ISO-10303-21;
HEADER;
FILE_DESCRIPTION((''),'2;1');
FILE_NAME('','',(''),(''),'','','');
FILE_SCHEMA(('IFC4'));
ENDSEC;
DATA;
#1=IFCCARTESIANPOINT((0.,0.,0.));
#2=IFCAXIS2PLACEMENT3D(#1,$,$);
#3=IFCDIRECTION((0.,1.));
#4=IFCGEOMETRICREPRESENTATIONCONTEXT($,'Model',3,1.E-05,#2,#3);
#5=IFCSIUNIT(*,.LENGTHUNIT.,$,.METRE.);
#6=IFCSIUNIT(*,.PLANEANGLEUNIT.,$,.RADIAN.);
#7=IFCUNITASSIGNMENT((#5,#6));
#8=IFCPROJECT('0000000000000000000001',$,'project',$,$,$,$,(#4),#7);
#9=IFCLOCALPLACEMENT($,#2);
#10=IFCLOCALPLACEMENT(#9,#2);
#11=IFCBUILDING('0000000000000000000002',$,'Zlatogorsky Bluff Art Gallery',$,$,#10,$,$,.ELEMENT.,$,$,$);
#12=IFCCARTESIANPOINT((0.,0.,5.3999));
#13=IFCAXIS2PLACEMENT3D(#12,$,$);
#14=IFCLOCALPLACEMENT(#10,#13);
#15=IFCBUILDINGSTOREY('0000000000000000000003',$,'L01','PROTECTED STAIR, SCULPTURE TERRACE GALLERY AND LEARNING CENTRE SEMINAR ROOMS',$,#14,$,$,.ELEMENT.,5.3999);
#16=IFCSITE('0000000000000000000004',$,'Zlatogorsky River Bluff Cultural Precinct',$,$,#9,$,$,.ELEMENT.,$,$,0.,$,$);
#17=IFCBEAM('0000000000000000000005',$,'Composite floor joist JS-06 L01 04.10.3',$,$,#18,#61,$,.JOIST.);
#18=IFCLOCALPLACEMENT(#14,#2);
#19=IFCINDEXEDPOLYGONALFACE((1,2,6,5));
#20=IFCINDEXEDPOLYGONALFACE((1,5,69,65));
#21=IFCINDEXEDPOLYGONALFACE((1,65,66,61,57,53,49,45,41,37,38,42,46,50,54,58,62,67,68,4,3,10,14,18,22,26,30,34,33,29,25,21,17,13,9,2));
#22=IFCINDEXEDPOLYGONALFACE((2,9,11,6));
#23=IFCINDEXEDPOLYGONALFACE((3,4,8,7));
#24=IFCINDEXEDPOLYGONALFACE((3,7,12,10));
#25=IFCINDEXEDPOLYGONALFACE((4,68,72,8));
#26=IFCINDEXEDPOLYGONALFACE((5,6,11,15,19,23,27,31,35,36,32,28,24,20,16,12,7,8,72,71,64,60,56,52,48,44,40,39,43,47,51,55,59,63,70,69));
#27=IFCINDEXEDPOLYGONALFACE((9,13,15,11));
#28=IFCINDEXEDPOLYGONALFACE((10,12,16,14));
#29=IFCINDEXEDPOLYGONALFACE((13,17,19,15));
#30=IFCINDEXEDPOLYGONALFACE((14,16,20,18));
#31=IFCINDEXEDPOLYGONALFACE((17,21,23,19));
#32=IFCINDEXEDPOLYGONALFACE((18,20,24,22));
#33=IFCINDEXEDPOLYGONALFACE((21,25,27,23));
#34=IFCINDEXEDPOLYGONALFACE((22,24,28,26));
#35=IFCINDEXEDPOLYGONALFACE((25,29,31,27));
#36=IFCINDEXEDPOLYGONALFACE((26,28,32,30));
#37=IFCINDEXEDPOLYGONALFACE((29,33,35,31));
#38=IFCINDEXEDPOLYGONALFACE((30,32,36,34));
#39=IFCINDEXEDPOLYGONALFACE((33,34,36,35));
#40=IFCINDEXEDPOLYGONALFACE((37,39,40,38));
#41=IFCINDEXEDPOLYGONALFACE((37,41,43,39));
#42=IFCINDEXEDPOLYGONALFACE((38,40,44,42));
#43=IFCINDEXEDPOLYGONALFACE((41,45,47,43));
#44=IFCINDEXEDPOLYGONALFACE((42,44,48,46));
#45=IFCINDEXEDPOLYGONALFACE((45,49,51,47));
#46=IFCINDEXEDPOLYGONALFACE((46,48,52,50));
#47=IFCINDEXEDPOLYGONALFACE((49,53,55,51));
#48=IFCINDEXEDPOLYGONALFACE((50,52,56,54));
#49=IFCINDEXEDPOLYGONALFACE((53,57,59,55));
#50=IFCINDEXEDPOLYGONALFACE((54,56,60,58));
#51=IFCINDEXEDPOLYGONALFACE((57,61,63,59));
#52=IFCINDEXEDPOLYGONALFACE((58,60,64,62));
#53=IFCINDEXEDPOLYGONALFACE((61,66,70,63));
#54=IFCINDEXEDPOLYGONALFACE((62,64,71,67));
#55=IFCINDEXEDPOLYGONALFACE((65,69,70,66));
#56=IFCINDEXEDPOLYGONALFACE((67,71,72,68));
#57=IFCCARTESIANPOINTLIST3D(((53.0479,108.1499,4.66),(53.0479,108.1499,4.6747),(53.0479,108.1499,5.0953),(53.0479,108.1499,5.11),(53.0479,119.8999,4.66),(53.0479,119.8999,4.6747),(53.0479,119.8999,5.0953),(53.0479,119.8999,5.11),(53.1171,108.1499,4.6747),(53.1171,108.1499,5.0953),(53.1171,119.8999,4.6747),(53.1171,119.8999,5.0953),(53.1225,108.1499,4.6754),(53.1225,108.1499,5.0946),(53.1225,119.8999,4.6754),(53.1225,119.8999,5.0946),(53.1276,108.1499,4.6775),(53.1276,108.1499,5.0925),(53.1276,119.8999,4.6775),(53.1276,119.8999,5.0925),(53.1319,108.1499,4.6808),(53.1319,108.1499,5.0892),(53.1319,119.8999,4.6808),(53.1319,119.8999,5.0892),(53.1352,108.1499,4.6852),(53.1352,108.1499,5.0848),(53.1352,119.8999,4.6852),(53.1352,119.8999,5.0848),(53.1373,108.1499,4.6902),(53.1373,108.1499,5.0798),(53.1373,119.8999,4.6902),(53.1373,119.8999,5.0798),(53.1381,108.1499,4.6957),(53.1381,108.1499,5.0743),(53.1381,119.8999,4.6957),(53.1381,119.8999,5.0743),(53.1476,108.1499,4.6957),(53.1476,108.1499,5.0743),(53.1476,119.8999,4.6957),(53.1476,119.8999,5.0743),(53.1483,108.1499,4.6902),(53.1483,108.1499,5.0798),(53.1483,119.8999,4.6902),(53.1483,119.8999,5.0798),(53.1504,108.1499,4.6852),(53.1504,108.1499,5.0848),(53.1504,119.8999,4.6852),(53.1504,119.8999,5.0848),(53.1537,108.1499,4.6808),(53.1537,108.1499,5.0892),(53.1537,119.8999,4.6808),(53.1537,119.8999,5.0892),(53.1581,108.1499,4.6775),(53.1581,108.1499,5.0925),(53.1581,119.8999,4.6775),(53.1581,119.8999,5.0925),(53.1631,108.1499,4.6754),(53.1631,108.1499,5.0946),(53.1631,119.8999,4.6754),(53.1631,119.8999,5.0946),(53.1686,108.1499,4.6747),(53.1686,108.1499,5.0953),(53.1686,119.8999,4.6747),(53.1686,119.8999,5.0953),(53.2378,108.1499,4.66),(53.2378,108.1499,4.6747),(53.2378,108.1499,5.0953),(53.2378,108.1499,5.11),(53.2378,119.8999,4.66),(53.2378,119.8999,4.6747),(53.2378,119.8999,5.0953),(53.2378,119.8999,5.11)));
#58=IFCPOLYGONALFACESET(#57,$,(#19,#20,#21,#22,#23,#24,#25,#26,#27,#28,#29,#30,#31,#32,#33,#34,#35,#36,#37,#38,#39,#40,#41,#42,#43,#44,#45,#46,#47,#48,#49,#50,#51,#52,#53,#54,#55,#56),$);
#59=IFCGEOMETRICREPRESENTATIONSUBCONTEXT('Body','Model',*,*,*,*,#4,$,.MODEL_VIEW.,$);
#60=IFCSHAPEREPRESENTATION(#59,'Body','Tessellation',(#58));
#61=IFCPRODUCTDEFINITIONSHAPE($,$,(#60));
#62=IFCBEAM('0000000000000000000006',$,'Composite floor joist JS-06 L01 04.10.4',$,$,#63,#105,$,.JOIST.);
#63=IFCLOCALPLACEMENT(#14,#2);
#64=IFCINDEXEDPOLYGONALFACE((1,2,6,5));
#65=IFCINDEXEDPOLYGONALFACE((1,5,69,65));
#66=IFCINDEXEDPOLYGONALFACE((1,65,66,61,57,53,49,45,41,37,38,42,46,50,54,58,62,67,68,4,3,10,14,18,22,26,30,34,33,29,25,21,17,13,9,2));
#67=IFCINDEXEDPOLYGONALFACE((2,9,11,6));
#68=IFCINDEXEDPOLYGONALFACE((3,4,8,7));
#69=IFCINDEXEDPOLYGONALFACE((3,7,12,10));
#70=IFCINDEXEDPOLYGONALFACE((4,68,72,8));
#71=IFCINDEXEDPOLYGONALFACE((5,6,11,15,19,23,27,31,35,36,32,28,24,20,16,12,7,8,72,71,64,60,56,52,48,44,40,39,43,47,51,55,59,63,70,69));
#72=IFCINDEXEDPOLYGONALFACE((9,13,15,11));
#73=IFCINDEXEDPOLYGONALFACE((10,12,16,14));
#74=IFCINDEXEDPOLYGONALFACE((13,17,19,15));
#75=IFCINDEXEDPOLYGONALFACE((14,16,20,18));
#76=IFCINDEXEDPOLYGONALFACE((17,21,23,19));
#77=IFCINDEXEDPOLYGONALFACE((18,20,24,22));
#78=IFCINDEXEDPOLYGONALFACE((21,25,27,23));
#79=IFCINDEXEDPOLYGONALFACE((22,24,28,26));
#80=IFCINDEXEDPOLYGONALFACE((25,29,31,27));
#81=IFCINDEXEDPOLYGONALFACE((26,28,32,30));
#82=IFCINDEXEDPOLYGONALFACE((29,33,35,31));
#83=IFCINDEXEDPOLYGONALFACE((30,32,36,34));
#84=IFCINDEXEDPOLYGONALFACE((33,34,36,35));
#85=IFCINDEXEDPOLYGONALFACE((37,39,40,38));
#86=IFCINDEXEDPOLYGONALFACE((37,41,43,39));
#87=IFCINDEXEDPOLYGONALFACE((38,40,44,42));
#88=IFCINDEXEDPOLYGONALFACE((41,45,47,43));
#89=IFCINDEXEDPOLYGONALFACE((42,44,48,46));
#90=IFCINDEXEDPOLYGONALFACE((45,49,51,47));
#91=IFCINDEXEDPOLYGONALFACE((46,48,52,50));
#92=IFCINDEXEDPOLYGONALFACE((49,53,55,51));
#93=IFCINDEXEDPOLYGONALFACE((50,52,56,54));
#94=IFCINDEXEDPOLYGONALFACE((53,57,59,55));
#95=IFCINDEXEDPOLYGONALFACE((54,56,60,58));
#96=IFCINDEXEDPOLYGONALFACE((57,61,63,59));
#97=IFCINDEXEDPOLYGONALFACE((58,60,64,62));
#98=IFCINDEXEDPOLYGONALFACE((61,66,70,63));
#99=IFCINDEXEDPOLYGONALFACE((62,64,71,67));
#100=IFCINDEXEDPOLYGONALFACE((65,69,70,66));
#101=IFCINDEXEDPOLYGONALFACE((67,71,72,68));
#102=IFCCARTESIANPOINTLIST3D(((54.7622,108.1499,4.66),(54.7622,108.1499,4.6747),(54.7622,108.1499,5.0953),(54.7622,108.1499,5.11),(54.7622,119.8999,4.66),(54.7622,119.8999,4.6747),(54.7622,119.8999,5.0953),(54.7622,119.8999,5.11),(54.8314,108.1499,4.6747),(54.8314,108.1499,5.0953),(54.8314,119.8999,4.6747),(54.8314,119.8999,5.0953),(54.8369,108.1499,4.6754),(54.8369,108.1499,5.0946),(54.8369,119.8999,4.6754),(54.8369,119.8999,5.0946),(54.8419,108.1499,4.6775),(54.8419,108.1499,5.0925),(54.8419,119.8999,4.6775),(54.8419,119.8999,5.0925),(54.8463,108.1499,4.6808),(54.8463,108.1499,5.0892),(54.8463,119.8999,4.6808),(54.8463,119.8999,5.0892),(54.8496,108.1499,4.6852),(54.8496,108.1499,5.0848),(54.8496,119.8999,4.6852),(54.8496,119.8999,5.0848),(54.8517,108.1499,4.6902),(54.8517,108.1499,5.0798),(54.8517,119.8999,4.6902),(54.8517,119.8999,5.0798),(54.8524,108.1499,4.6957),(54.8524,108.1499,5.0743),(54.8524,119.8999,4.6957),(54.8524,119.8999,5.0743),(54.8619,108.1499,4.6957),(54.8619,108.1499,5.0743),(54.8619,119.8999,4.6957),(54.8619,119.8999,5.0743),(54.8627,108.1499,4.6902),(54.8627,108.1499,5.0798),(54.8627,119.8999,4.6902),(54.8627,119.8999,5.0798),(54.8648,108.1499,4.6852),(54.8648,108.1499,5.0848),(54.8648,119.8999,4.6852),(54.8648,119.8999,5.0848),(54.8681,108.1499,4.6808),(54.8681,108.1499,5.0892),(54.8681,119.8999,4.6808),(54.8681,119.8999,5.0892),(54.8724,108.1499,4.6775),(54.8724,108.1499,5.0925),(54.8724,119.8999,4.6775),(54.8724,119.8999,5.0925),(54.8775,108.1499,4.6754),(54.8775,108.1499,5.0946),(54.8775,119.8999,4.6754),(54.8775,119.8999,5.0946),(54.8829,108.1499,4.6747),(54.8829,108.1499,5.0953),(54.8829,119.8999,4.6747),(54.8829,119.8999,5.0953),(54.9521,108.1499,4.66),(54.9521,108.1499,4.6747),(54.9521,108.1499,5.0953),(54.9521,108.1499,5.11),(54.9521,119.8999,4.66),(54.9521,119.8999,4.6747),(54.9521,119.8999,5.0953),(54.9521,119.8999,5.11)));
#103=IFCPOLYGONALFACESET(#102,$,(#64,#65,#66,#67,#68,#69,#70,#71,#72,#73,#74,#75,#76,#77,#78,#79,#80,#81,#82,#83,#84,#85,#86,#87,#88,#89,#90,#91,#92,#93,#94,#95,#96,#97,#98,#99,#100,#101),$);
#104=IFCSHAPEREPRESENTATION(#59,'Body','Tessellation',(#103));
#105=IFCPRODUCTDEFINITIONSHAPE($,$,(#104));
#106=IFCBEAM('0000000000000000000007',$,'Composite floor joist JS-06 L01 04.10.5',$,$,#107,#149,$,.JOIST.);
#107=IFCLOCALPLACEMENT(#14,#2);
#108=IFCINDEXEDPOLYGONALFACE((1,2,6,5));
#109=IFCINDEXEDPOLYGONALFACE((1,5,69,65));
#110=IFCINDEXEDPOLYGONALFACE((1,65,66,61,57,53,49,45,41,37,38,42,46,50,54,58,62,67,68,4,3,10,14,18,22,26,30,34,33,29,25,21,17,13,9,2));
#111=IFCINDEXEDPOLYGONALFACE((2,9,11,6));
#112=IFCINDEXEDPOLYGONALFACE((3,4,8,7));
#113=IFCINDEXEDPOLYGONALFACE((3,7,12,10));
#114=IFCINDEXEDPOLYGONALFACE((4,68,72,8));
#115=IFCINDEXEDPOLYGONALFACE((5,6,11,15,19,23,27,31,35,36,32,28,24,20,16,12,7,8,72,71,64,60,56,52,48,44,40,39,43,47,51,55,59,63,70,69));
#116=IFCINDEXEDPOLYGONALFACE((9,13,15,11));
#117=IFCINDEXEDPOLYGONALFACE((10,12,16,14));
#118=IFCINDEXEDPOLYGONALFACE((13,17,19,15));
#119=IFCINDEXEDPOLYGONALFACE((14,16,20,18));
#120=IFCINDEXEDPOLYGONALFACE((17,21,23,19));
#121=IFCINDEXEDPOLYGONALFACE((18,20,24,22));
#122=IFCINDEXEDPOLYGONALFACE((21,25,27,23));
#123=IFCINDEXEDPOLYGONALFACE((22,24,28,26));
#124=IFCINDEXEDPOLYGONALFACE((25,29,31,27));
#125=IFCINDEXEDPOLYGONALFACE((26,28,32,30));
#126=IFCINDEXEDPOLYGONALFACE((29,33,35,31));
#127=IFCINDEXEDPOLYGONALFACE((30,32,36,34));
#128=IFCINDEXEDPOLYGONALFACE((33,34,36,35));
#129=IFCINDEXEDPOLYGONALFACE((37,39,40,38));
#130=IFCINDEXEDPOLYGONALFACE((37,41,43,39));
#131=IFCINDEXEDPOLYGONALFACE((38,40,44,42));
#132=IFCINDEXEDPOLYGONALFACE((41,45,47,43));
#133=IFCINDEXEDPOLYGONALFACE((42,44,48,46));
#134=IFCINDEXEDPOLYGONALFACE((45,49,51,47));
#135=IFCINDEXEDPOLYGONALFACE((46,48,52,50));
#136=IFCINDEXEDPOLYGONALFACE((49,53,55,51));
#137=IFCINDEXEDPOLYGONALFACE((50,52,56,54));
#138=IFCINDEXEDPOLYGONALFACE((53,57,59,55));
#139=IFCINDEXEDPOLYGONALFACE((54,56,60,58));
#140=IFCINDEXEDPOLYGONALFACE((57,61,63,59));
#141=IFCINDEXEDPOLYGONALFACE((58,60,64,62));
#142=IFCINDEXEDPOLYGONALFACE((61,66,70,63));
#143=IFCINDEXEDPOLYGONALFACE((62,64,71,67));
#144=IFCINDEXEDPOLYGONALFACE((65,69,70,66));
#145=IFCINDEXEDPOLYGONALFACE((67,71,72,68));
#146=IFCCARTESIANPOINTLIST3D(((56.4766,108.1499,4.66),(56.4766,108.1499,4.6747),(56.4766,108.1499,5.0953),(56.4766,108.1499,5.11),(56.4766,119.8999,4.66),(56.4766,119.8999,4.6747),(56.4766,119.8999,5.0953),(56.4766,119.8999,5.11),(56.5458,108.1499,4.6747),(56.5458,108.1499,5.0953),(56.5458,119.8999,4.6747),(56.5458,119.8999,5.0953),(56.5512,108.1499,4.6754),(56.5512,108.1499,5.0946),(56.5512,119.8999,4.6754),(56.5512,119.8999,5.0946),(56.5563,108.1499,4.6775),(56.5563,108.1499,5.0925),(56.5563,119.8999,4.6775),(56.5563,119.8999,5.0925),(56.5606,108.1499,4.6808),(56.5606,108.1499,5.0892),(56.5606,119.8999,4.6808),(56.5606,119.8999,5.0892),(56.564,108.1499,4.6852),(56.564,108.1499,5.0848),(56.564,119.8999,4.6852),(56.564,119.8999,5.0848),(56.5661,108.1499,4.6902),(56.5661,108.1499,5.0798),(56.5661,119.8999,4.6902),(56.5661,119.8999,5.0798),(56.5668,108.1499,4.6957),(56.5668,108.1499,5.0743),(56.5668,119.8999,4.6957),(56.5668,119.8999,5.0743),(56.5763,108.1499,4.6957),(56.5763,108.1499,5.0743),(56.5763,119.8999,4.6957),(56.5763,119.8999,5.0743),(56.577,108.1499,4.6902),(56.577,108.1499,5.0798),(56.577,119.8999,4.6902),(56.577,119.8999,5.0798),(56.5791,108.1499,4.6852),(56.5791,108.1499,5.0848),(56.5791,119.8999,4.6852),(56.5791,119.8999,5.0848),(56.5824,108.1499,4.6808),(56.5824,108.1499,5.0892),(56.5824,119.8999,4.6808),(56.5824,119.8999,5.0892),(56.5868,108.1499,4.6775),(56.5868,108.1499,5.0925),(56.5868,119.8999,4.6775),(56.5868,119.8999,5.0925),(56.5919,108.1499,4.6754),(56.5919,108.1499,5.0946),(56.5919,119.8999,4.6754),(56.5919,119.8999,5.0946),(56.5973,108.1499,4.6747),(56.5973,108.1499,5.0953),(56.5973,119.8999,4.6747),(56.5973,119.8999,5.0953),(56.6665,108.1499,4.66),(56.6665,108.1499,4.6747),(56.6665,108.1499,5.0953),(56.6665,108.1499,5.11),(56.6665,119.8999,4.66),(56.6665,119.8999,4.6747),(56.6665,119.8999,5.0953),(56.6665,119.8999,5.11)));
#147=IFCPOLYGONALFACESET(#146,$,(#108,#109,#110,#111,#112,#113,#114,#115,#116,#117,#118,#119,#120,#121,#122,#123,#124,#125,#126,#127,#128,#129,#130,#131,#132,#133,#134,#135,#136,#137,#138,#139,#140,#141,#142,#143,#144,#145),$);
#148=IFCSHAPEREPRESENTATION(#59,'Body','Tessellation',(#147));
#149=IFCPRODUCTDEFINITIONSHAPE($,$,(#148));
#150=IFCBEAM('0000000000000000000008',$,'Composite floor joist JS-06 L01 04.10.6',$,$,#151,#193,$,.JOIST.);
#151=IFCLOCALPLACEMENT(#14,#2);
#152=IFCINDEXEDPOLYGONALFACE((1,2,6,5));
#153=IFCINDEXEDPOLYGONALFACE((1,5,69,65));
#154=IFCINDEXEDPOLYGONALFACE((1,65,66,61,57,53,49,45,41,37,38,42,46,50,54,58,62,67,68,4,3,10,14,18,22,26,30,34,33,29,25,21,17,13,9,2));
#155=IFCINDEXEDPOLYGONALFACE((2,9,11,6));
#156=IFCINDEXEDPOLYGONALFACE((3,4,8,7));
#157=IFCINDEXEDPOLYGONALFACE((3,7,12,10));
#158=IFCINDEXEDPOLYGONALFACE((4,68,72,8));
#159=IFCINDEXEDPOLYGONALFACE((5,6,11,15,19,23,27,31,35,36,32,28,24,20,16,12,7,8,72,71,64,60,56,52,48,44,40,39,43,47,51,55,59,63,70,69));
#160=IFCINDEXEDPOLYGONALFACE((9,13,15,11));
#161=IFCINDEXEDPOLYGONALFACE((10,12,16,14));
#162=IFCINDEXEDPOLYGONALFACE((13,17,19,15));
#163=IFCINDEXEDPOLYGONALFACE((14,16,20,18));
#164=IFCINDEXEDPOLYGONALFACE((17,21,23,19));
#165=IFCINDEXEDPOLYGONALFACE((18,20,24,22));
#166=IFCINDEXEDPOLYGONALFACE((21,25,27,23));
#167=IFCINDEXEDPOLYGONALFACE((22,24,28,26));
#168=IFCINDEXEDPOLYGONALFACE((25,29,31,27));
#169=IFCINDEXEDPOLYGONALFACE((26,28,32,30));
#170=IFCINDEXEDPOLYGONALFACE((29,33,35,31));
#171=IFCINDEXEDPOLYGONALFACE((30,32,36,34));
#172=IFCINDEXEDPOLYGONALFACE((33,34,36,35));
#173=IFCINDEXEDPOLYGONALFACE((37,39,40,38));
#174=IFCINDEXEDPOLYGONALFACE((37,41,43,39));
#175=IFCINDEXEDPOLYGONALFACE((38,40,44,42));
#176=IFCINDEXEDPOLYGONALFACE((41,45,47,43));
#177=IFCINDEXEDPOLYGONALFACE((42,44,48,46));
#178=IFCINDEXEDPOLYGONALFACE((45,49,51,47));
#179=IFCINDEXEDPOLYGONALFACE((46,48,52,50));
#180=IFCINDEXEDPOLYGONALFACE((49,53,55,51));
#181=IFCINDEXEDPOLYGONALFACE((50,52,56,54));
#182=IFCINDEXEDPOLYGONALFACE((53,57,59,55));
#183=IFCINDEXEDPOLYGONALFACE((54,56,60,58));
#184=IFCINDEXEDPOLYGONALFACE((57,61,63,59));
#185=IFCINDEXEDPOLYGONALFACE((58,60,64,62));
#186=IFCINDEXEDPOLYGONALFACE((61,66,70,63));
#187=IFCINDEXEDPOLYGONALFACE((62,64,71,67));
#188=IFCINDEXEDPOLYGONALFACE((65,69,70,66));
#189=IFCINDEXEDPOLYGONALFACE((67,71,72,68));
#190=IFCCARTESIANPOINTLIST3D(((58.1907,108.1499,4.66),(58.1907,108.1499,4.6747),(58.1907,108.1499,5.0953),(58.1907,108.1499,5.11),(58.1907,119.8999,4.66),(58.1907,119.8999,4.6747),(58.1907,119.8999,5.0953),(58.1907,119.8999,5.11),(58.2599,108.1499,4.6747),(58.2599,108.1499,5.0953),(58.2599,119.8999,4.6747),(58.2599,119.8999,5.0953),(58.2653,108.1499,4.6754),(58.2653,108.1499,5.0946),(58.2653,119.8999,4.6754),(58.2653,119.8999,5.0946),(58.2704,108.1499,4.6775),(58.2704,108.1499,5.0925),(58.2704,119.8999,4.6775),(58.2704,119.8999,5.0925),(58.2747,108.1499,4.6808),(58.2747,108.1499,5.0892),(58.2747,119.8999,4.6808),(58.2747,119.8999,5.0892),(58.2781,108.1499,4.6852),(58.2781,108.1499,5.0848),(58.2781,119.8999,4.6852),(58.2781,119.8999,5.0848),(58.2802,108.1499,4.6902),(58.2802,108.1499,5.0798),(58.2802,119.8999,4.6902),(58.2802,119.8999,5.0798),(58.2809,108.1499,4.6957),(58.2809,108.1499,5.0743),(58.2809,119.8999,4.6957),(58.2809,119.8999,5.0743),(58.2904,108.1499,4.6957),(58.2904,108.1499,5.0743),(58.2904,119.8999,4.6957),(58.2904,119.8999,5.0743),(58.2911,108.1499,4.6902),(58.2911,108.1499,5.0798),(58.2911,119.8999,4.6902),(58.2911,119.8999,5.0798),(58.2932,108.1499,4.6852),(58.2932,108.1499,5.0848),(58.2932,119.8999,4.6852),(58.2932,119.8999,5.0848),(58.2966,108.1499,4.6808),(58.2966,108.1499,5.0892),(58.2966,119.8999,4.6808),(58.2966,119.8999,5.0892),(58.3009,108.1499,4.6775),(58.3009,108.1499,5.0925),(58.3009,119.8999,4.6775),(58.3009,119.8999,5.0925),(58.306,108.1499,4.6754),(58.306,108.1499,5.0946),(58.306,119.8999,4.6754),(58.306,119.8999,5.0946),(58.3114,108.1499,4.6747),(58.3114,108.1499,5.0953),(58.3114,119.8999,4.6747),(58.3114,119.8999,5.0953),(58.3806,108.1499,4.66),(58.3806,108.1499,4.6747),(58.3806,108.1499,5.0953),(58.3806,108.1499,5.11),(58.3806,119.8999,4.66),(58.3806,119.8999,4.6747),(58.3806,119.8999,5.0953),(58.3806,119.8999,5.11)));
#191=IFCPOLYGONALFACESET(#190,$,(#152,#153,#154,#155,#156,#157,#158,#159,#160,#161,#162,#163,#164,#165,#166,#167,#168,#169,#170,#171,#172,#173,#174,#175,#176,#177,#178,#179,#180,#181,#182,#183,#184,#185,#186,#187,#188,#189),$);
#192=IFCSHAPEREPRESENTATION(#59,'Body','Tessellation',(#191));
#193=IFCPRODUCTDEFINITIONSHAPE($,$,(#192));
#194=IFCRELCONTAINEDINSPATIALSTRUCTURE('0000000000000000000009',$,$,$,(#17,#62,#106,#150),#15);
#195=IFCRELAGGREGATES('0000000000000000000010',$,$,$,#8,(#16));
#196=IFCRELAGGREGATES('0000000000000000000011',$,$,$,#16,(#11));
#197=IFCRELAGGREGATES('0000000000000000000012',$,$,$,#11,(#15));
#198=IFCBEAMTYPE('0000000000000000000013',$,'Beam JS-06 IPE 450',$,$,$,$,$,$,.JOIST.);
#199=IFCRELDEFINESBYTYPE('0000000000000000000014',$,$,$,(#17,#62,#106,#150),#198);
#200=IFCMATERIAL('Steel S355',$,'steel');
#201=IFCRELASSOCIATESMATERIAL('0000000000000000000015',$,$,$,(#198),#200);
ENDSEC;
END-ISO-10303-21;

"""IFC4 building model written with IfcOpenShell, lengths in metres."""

from ifc_helpers import new_model, si_unit, direction, frame, origin, origin_2d, place, context, subcontext, project, spatial, i_section, extrude, material, material_profile, profile_set, type_object, element, save


model = new_model("IFC4")

# Units and contexts
model_context = context("Model", 3, precision=1e-05, world=origin(), true_north=direction((0.0, 1.0)))
body_context = subcontext(model_context, "Body", "Model", "MODEL_VIEW")
ifc_project = project(units=[si_unit("LENGTHUNIT", "METRE"), si_unit("PLANEANGLEUNIT", "RADIAN")], contexts=[model_context])

# Site, building, storey
site_placement = place(None, origin())
site = spatial("IfcSite", under=ifc_project, at=site_placement, Name="Zlatogorsky River Bluff Cultural Precinct", CompositionType="ELEMENT", RefElevation=0.0)
building_placement = place(site_placement, origin())
building = spatial("IfcBuilding", under=site, at=building_placement, Name="Zlatogorsky Bluff Art Gallery", CompositionType="ELEMENT")
storey_placement = place(building_placement, frame((0.0, 0.0, 5.3999)))
storey = spatial("IfcBuildingStorey", under=building, at=storey_placement, Name="L01", Description="PROTECTED STAIR, SCULPTURE TERRACE GALLERY AND LEARNING CENTRE SEMINAR ROOMS", CompositionType="ELEMENT", Elevation=5.3999)

# Shared definitions
ifc_material_1 = material(Name="Steel S355", Category="steel")

# Beams
ifc_material_profile_1 = material_profile(ifc_material_1, i_section(OverallWidth=0.1899, OverallDepth=0.45, WebThickness=0.0095, FlangeThickness=0.0146, FilletRadius=0.021, at=origin_2d()), Name="IPE 450")
ifc_profile_set_1 = profile_set([ifc_material_profile_1], Name="Steel S355")
beam_type_1 = type_object("IfcBeamType", Name="Beam JS-06 IPE 450", PredefinedType="JOIST", material=ifc_profile_set_1)
for number, where, z_axis, x_axis, name in (
    (1, (53.1428, 108.1499, 4.885), (0.0, 1.0, 0.0), (-1.0, 0.0, 0.0), "Composite floor joist JS-06 L01 04.10.3"),
    (2, (54.8572, 108.1499, 4.885), (0.0, 1.0, 0.0), (-1.0, 0.0, 0.0), "Composite floor joist JS-06 L01 04.10.4"),
    (3, (56.5715, 108.1499, 4.885), (0.0, 1.0, 0.0), (-1.0, 0.0, 0.0), "Composite floor joist JS-06 L01 04.10.5"),
    (4, (58.2856, 108.1499, 4.885), (0.0, 1.0, 0.0), (-1.0, 0.0, 0.0), "Composite floor joist JS-06 L01 04.10.6"),
):
    element("IfcBeam", number, at=place(storey_placement, frame(where, z_axis=z_axis, x_axis=x_axis)), inside=storey, type_object=beam_type_1, Name=name, PredefinedType="JOIST", context=body_context, shape_type="SweptSolid", body=[
        extrude(i_section(OverallWidth=0.1899, OverallDepth=0.45, WebThickness=0.0095, FlangeThickness=0.0146, FilletRadius=0.021, at=origin_2d()), origin(), (0.0, 0.0, 1.0), 11.75),
    ])

save(model, "model.ifc")
